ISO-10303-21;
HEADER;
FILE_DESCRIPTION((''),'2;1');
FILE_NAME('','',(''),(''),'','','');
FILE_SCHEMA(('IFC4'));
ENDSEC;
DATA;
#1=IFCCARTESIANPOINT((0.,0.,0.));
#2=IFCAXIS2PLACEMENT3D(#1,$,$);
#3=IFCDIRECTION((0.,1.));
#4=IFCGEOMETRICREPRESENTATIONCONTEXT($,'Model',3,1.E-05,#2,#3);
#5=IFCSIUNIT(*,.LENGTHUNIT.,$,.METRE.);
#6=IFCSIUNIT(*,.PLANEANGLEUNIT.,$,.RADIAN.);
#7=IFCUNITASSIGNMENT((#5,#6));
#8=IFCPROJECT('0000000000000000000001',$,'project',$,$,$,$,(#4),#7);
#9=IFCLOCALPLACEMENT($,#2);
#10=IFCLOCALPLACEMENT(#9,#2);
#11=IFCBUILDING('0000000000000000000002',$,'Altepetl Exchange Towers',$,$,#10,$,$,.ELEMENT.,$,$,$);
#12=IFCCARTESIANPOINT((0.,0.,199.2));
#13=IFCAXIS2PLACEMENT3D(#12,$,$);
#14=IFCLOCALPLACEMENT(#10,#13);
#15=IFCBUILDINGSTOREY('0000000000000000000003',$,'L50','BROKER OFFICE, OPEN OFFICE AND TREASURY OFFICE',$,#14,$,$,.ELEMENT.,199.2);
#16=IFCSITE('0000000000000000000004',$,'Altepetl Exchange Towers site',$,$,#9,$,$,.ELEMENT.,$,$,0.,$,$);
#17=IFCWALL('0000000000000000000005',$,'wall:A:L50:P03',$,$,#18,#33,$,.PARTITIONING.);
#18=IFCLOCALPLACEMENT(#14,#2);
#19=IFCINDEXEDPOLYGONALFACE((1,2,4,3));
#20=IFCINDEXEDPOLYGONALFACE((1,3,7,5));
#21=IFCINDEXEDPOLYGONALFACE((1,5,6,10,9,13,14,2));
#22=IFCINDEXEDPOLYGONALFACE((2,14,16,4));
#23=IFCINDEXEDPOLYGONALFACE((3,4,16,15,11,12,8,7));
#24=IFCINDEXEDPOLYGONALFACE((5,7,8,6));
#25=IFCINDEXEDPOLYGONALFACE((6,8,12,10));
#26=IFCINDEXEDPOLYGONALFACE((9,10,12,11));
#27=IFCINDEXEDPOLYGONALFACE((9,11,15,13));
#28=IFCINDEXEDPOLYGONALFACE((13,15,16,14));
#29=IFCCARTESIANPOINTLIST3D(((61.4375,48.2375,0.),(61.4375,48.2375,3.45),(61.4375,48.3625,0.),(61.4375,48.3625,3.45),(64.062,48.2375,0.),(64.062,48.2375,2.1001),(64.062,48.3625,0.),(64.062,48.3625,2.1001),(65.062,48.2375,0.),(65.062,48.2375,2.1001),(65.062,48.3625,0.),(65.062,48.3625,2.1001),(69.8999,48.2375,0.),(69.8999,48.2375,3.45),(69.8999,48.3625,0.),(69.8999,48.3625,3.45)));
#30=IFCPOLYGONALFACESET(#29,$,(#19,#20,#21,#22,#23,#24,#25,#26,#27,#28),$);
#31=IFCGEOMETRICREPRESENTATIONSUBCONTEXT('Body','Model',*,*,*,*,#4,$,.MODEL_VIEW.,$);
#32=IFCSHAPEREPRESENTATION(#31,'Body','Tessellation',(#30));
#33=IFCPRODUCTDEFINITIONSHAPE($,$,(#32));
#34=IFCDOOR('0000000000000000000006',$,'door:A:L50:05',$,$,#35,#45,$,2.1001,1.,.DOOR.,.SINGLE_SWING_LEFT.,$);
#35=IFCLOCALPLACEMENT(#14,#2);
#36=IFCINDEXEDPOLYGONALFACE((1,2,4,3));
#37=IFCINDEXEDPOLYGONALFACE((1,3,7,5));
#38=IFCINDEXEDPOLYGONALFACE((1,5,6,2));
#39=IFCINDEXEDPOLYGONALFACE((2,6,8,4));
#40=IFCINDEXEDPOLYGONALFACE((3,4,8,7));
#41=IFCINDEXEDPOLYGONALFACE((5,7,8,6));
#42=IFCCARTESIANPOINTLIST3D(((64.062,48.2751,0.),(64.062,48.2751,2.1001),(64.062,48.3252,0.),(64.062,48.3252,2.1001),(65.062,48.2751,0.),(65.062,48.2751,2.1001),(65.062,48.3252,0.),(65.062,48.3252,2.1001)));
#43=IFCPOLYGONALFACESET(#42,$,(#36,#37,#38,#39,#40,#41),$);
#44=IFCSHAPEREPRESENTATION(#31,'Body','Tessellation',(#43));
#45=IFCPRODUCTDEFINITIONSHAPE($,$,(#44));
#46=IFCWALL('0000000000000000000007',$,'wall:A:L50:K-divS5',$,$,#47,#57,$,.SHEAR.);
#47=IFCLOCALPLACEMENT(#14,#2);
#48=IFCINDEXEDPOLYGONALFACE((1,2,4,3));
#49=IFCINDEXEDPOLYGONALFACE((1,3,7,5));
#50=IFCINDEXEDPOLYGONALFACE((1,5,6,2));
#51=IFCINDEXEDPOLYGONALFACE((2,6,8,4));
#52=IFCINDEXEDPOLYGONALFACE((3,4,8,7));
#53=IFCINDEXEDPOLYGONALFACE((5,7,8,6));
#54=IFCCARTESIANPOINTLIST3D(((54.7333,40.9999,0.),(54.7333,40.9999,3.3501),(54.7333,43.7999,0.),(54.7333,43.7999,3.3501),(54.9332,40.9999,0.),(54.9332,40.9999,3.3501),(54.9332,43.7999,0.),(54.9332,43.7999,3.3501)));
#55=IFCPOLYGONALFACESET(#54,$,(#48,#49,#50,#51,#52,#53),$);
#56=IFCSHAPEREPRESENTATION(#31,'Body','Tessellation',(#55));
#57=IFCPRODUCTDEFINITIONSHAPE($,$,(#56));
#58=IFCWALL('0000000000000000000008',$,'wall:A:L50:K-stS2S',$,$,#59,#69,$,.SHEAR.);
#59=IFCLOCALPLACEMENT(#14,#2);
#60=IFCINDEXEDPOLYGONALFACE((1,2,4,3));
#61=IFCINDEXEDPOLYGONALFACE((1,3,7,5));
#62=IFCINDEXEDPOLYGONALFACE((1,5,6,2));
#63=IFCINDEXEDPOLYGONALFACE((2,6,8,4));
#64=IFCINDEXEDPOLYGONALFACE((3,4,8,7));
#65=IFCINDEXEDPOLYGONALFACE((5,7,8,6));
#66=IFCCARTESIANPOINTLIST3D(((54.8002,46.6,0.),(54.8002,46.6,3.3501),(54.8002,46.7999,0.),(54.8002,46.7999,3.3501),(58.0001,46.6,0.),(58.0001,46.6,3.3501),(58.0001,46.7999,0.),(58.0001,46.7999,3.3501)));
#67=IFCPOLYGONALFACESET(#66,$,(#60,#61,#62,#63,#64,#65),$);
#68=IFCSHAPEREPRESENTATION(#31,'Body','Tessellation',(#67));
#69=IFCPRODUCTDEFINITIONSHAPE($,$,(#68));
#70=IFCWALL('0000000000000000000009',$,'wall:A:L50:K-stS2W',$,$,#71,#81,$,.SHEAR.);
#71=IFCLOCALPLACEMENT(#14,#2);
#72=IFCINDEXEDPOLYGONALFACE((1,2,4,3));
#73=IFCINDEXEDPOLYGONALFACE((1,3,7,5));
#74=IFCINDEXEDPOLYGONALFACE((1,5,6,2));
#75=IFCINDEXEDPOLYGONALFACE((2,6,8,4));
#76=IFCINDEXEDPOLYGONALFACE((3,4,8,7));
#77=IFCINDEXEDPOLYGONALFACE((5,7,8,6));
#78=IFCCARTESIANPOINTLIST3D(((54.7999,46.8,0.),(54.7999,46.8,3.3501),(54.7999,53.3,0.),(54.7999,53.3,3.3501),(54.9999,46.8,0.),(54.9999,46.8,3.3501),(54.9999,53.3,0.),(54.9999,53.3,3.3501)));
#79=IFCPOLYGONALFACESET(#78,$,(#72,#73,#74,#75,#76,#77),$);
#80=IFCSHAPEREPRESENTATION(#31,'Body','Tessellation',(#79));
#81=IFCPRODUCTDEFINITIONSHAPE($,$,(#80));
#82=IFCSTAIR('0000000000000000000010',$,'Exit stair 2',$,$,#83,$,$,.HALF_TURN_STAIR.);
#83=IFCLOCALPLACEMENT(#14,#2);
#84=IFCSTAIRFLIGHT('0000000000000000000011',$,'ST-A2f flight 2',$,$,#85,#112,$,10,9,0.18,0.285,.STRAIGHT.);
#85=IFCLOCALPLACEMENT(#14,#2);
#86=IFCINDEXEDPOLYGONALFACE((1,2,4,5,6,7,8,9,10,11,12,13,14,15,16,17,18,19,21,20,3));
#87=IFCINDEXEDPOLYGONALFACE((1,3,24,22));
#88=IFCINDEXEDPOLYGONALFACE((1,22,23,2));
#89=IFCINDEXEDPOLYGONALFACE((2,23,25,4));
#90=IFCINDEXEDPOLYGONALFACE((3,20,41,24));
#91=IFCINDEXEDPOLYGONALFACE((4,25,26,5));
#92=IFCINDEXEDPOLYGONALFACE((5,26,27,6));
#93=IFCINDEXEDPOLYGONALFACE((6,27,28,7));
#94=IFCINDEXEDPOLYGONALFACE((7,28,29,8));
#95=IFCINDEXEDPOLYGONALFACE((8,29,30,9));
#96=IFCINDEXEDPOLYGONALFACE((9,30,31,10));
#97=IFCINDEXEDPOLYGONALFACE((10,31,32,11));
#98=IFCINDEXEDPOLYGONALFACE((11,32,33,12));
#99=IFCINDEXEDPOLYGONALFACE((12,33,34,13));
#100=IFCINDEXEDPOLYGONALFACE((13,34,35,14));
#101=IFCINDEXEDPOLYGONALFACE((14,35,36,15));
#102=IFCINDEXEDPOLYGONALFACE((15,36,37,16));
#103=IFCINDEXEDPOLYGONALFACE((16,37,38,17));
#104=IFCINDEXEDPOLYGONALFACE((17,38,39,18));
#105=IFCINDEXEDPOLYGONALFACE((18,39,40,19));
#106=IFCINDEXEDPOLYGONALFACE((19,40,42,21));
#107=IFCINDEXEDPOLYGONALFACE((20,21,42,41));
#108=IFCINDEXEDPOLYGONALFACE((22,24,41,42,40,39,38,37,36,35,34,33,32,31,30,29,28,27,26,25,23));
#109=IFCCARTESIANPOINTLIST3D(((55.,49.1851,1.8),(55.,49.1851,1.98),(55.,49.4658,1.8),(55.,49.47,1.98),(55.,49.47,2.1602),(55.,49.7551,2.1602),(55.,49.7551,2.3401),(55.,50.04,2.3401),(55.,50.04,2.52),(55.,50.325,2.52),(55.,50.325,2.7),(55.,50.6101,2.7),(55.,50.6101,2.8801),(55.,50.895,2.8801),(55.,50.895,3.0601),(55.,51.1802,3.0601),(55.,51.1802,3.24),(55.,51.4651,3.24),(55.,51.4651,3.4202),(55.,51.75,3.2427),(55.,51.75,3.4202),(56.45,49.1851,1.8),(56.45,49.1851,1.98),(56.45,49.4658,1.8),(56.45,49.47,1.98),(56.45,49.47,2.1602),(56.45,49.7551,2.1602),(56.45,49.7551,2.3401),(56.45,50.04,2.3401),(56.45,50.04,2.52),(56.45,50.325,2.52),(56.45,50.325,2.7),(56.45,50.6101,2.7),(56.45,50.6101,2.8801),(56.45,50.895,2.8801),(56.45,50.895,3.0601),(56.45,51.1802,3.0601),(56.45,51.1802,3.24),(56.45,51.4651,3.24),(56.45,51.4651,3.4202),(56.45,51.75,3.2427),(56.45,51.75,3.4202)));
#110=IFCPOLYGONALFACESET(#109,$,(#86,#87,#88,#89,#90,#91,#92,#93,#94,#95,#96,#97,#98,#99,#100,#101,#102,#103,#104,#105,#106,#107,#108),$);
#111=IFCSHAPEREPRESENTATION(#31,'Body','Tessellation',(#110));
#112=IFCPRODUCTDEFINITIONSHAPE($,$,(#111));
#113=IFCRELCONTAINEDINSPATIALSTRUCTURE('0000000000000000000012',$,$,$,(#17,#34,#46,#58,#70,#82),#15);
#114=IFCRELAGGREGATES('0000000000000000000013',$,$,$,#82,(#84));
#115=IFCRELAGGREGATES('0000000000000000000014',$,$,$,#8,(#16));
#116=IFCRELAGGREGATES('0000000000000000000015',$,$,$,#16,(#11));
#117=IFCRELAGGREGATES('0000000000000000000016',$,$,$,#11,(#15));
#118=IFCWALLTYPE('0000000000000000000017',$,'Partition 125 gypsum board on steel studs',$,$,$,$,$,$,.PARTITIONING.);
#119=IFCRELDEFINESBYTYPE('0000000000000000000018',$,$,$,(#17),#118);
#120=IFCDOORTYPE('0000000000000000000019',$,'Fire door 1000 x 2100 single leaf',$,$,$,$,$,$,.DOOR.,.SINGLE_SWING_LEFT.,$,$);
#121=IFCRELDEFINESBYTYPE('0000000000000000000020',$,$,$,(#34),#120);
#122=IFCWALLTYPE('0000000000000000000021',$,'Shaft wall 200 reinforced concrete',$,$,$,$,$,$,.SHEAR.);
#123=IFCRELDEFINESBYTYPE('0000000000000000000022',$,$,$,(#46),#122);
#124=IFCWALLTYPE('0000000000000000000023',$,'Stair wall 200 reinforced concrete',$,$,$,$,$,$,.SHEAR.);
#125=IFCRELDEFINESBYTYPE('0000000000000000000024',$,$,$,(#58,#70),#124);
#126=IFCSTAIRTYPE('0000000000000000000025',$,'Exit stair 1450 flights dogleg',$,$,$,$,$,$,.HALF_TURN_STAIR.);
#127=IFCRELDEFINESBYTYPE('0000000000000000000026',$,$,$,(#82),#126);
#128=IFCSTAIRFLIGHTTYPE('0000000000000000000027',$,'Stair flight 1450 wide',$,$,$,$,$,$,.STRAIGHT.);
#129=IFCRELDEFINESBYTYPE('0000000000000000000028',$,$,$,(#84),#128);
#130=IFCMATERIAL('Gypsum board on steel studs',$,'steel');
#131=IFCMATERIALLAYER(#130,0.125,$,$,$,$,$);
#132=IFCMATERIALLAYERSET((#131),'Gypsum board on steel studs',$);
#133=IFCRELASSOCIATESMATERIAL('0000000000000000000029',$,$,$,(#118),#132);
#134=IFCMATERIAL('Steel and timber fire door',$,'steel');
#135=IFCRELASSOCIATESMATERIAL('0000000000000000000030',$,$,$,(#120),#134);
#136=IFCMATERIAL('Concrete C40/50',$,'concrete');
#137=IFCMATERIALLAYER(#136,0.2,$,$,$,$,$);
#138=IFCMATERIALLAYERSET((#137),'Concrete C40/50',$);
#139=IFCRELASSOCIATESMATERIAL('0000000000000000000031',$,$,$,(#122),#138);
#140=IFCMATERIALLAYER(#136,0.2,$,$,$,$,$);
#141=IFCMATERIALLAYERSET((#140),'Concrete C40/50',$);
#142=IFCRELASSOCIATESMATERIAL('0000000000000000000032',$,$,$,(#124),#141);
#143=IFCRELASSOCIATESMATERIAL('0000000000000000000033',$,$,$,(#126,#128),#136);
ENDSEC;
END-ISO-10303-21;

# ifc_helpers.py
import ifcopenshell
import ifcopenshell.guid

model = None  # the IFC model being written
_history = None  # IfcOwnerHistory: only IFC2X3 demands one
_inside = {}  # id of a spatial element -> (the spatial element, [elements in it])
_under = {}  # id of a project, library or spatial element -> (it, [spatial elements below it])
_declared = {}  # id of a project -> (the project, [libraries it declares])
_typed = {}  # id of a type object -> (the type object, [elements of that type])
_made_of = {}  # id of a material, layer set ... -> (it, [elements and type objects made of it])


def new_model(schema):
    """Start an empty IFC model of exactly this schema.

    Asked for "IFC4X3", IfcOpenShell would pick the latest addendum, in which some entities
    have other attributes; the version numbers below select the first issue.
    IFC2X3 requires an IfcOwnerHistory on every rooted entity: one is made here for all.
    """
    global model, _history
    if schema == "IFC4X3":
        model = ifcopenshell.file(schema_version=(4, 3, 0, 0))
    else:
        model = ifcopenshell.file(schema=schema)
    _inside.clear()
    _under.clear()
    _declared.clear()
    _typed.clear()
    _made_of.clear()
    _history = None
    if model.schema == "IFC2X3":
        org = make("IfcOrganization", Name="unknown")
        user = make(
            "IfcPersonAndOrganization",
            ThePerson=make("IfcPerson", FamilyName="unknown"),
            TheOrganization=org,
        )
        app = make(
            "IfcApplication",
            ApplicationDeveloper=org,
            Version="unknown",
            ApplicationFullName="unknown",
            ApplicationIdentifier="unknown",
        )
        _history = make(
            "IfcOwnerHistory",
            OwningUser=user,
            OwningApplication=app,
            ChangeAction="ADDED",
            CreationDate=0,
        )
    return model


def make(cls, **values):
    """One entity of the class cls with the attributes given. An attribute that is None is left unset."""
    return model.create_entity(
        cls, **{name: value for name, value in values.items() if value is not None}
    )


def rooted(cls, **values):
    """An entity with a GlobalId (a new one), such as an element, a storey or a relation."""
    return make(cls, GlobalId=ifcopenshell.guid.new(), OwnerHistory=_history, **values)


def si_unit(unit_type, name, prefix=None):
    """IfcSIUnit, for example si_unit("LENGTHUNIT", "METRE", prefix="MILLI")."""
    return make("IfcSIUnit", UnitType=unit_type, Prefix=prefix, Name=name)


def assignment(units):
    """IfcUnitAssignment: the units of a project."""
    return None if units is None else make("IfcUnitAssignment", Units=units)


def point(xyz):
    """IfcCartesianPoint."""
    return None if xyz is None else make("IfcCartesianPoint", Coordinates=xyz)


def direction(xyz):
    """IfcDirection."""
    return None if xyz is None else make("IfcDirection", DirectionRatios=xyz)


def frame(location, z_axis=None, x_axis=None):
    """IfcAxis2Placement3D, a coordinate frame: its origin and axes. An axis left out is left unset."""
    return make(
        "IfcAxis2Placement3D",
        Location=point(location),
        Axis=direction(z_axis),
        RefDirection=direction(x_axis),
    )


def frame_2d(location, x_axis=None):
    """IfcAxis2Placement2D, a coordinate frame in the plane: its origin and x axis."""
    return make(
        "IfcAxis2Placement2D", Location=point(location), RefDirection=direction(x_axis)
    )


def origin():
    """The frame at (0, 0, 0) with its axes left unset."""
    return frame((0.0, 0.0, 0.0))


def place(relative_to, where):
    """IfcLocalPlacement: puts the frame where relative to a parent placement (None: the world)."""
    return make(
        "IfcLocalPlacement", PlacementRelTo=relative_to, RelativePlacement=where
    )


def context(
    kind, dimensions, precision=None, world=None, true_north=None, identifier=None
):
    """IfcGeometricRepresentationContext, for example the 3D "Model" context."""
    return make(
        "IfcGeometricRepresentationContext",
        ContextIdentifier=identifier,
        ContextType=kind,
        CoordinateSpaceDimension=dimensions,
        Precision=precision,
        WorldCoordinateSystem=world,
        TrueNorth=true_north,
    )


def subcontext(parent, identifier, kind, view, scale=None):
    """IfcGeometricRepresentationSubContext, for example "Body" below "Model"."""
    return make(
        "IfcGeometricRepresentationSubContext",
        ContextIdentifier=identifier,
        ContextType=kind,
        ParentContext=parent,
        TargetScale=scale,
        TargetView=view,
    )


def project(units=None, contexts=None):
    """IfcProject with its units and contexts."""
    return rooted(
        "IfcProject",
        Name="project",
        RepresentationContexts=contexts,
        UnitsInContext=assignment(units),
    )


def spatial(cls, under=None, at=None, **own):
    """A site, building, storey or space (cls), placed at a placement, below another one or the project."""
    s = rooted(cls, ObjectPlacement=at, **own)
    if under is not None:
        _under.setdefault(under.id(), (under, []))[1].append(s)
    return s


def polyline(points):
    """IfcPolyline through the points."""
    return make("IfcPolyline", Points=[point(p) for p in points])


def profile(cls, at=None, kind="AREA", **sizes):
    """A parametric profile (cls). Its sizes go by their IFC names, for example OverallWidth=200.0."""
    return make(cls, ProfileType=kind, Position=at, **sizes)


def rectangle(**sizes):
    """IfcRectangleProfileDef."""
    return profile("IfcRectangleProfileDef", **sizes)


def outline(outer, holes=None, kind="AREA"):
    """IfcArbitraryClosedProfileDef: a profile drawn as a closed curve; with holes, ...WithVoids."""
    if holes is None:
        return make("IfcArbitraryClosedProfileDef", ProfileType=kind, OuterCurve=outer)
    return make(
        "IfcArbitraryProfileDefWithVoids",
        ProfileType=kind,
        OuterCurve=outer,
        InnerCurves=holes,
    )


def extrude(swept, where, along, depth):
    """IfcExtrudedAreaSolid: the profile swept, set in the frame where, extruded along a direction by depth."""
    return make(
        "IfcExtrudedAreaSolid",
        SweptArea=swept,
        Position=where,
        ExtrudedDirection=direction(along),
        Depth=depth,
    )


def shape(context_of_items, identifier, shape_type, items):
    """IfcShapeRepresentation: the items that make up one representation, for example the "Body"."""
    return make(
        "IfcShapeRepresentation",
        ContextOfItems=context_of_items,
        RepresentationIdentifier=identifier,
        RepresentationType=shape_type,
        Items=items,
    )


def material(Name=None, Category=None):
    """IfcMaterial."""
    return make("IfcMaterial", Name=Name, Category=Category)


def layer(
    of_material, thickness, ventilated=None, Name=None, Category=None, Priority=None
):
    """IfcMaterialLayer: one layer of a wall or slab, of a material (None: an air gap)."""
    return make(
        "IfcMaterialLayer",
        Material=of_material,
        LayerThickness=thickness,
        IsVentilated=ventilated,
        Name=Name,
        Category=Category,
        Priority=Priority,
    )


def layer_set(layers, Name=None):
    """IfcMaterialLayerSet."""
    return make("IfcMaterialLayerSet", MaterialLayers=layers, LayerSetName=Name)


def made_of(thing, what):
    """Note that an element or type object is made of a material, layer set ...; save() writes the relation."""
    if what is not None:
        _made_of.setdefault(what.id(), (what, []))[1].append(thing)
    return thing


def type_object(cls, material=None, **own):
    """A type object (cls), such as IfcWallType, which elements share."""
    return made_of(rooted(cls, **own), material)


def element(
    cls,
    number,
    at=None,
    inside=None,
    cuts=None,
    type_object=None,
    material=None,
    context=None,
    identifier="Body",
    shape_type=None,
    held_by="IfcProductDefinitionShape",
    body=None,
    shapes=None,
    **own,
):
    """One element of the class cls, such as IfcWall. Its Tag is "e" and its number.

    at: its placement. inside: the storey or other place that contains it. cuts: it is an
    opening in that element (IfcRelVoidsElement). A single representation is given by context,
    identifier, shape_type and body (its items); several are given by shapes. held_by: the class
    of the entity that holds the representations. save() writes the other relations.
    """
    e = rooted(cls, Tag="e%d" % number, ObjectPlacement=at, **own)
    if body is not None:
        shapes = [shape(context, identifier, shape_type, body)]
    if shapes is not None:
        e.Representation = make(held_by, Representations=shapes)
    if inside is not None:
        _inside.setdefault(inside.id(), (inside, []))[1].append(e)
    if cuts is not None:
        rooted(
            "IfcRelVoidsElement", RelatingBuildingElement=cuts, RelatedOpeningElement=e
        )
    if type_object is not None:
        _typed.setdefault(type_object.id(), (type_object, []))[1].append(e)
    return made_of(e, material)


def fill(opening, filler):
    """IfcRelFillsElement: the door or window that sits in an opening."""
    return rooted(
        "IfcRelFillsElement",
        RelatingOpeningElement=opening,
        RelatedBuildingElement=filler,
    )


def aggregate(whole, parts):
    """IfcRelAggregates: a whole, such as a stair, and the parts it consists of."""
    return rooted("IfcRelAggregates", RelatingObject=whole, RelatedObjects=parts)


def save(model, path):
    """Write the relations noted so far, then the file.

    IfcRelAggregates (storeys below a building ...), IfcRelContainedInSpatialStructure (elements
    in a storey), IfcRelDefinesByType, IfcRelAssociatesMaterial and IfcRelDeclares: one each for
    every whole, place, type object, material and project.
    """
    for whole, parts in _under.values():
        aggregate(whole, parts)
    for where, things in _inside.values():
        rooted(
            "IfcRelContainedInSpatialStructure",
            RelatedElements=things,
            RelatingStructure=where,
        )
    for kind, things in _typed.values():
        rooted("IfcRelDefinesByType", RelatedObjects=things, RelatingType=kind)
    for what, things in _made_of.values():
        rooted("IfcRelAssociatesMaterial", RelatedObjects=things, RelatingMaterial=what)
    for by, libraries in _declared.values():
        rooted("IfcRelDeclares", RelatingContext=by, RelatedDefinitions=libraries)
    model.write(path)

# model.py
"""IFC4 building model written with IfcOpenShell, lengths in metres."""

from ifc_helpers import new_model, si_unit, direction, frame, frame_2d, origin, place, context, subcontext, project, spatial, polyline, rectangle, outline, extrude, material, layer, layer_set, type_object, element, fill, aggregate, save


model = new_model("IFC4")

# Units and contexts
model_context = context("Model", 3, precision=1e-05, world=origin(), true_north=direction((0.0, 1.0)))
body_context = subcontext(model_context, "Body", "Model", "MODEL_VIEW")
ifc_project = project(units=[si_unit("LENGTHUNIT", "METRE"), si_unit("PLANEANGLEUNIT", "RADIAN")], contexts=[model_context])

# Site, building, storey
site_placement = place(None, origin())
site = spatial("IfcSite", under=ifc_project, at=site_placement, Name="Altepetl Exchange Towers site", CompositionType="ELEMENT", RefElevation=0.0)
building_placement = place(site_placement, origin())
building = spatial("IfcBuilding", under=site, at=building_placement, Name="Altepetl Exchange Towers", CompositionType="ELEMENT")
storey_placement = place(building_placement, frame((0.0, 0.0, 199.2)))
storey = spatial("IfcBuildingStorey", under=building, at=storey_placement, Name="L50", Description="BROKER OFFICE, OPEN OFFICE AND TREASURY OFFICE", CompositionType="ELEMENT", Elevation=199.2)

# Shared definitions
ifc_material_1 = material(Name="Steel and timber fire door", Category="steel")

# Shared definitions
ifc_material_2 = material(Name="Gypsum board on steel studs", Category="steel")
ifc_layer_1 = layer(ifc_material_2, 0.125)
ifc_layer_set_1 = layer_set([ifc_layer_1], Name="Gypsum board on steel studs")
wall_type_1 = type_object("IfcWallType", Name="Partition 125 gypsum board on steel studs", PredefinedType="PARTITIONING", material=ifc_layer_set_1)

# Wall, opening, door
wall_1_placement = place(storey_placement, frame((61.4375, 48.3, 0.0)))
wall_1 = element("IfcWall", 1, at=wall_1_placement, inside=storey, type_object=wall_type_1, Name="wall:A:L50:P03", PredefinedType="PARTITIONING", context=body_context, shape_type="SweptSolid", body=[
    extrude(rectangle(XDim=8.4624, YDim=0.125, at=frame_2d((4.2312, 0.0))), origin(), (0.0, 0.0, 1.0), 3.45),
])
opening_1_placement = place(wall_1_placement, frame((2.6245, 0.0, 0.0)))
opening_1 = element("IfcOpeningElement", 2, at=opening_1_placement, cuts=wall_1, PredefinedType="OPENING", context=body_context, shape_type="SweptSolid", body=[
    extrude(rectangle(XDim=1.0, YDim=2.1001, at=frame_2d((0.5, 1.05))), frame((0.0, 0.0725, 0.0), z_axis=(0.0, -1.0, 0.0), x_axis=(1.0, 0.0, 0.0)), (0.0, 0.0, 1.0), 0.145),
])
door_type_1 = type_object("IfcDoorType", Name="Fire door 1000 x 2100 single leaf", OperationType="SINGLE_SWING_LEFT", PredefinedType="DOOR", material=ifc_material_1)
door_1_placement = place(opening_1_placement, frame((1.0, 0.0, 0.0), x_axis=(-1.0, 0.0, 0.0)))
door_1 = element("IfcDoor", 3, at=door_1_placement, inside=storey, type_object=door_type_1, Name="door:A:L50:05", OperationType="SINGLE_SWING_LEFT", OverallHeight=2.1001, OverallWidth=1.0, PredefinedType="DOOR", context=body_context, shape_type="SweptSolid", body=[
    extrude(rectangle(XDim=1.0, YDim=2.1001, at=frame_2d((0.5, 1.05))), frame((0.0, 0.0249, 0.0), z_axis=(0.0, -1.0, 0.0), x_axis=(1.0, 0.0, 0.0)), (0.0, 0.0, 1.0), 0.05),
])
fill(opening_1, door_1)

# Walls
ifc_material_3 = material(Name="Concrete C40/50", Category="concrete")
ifc_layer_2 = layer(ifc_material_3, 0.2)
ifc_layer_set_2 = layer_set([ifc_layer_2], Name="Concrete C40/50")
wall_type_2 = type_object("IfcWallType", Name="Shaft wall 200 reinforced concrete", PredefinedType="SHEAR", material=ifc_layer_set_2)
wall_2_placement = place(storey_placement, frame((54.8333, 41.0, 0.0), z_axis=(0.0, 0.0, 1.0), x_axis=(0.0, 1.0, 0.0)))
element("IfcWall", 4, at=wall_2_placement, inside=storey, type_object=wall_type_2, Name="wall:A:L50:K-divS5", PredefinedType="SHEAR", context=body_context, shape_type="SweptSolid", body=[
    extrude(rectangle(XDim=2.8, YDim=0.2, at=frame_2d((1.3999, 0.0))), origin(), (0.0, 0.0, 1.0), 3.3501),
])
ifc_layer_3 = layer(ifc_material_3, 0.2)
ifc_layer_set_3 = layer_set([ifc_layer_3], Name="Concrete C40/50")
wall_type_3 = type_object("IfcWallType", Name="Stair wall 200 reinforced concrete", PredefinedType="SHEAR", material=ifc_layer_set_3)
wall_3_placement = place(storey_placement, frame((54.8, 46.7, 0.0)))
element("IfcWall", 5, at=wall_3_placement, inside=storey, type_object=wall_type_3, Name="wall:A:L50:K-stS2S", PredefinedType="SHEAR", context=body_context, shape_type="SweptSolid", body=[
    extrude(rectangle(XDim=3.2, YDim=0.2, at=frame_2d((1.6001, 0.0))), origin(), (0.0, 0.0, 1.0), 3.3501),
])
wall_4_placement = place(storey_placement, frame((54.8999, 46.8, 0.0), z_axis=(0.0, 0.0, 1.0), x_axis=(0.0, 1.0, 0.0)))
element("IfcWall", 6, at=wall_4_placement, inside=storey, type_object=wall_type_3, Name="wall:A:L50:K-stS2W", PredefinedType="SHEAR", context=body_context, shape_type="SweptSolid", body=[
    extrude(rectangle(XDim=6.5, YDim=0.2, at=frame_2d((3.25, 0.0))), origin(), (0.0, 0.0, 1.0), 3.3501),
])

# Stair, stair flight
stair_type = type_object("IfcStairType", Name="Exit stair 1450 flights dogleg", PredefinedType="HALF_TURN_STAIR", material=ifc_material_3)
stair_placement = place(storey_placement, origin())
stair = element("IfcStair", 7, at=stair_placement, inside=storey, type_object=stair_type, Name="Exit stair 2", PredefinedType="HALF_TURN_STAIR")
stair_flight_type = type_object("IfcStairFlightType", Name="Stair flight 1450 wide", PredefinedType="STRAIGHT", material=ifc_material_3)
stair_flight_placement = place(storey_placement, frame((55.7251, 49.1851, 1.8), z_axis=(0.0, 0.0, 1.0), x_axis=(0.0, 1.0, 0.0)))
stair_flight = element("IfcStairFlight", 8, at=stair_flight_placement, type_object=stair_flight_type, Name="ST-A2f flight 2", NumberOfRisers=10, NumberOfTreads=9, PredefinedType="STRAIGHT", RiserHeight=0.18, TreadLength=0.285, context=body_context, shape_type="SweptSolid", body=[
    extrude(outline(polyline([(0.0, 0.0), (0.0, 0.1799), (0.2849, 0.1799), (0.2849, 0.3601), (0.5701, 0.3601), (0.5701, 0.54), (0.855, 0.54), (0.855, 0.72), (1.1399, 0.72), (1.1399, 0.8999), (1.425, 0.8999), (1.425, 1.0801), (1.71, 1.0801), (1.71, 1.26), (1.9951, 1.26), (1.9951, 1.4399), (2.28, 1.4399), (2.28, 1.6201), (2.5649, 1.6201), (2.5649, 1.8), (2.5649, 1.4426), (0.2808, 0.0), (0.0, 0.0)])), frame((0.0, 0.7251, 0.0), z_axis=(0.0, -1.0, 0.0), x_axis=(1.0, 0.0, 0.0)), (0.0, 0.0, 1.0), 1.45),
])
aggregate(stair, [stair_flight])

save(model, "model.ifc")
